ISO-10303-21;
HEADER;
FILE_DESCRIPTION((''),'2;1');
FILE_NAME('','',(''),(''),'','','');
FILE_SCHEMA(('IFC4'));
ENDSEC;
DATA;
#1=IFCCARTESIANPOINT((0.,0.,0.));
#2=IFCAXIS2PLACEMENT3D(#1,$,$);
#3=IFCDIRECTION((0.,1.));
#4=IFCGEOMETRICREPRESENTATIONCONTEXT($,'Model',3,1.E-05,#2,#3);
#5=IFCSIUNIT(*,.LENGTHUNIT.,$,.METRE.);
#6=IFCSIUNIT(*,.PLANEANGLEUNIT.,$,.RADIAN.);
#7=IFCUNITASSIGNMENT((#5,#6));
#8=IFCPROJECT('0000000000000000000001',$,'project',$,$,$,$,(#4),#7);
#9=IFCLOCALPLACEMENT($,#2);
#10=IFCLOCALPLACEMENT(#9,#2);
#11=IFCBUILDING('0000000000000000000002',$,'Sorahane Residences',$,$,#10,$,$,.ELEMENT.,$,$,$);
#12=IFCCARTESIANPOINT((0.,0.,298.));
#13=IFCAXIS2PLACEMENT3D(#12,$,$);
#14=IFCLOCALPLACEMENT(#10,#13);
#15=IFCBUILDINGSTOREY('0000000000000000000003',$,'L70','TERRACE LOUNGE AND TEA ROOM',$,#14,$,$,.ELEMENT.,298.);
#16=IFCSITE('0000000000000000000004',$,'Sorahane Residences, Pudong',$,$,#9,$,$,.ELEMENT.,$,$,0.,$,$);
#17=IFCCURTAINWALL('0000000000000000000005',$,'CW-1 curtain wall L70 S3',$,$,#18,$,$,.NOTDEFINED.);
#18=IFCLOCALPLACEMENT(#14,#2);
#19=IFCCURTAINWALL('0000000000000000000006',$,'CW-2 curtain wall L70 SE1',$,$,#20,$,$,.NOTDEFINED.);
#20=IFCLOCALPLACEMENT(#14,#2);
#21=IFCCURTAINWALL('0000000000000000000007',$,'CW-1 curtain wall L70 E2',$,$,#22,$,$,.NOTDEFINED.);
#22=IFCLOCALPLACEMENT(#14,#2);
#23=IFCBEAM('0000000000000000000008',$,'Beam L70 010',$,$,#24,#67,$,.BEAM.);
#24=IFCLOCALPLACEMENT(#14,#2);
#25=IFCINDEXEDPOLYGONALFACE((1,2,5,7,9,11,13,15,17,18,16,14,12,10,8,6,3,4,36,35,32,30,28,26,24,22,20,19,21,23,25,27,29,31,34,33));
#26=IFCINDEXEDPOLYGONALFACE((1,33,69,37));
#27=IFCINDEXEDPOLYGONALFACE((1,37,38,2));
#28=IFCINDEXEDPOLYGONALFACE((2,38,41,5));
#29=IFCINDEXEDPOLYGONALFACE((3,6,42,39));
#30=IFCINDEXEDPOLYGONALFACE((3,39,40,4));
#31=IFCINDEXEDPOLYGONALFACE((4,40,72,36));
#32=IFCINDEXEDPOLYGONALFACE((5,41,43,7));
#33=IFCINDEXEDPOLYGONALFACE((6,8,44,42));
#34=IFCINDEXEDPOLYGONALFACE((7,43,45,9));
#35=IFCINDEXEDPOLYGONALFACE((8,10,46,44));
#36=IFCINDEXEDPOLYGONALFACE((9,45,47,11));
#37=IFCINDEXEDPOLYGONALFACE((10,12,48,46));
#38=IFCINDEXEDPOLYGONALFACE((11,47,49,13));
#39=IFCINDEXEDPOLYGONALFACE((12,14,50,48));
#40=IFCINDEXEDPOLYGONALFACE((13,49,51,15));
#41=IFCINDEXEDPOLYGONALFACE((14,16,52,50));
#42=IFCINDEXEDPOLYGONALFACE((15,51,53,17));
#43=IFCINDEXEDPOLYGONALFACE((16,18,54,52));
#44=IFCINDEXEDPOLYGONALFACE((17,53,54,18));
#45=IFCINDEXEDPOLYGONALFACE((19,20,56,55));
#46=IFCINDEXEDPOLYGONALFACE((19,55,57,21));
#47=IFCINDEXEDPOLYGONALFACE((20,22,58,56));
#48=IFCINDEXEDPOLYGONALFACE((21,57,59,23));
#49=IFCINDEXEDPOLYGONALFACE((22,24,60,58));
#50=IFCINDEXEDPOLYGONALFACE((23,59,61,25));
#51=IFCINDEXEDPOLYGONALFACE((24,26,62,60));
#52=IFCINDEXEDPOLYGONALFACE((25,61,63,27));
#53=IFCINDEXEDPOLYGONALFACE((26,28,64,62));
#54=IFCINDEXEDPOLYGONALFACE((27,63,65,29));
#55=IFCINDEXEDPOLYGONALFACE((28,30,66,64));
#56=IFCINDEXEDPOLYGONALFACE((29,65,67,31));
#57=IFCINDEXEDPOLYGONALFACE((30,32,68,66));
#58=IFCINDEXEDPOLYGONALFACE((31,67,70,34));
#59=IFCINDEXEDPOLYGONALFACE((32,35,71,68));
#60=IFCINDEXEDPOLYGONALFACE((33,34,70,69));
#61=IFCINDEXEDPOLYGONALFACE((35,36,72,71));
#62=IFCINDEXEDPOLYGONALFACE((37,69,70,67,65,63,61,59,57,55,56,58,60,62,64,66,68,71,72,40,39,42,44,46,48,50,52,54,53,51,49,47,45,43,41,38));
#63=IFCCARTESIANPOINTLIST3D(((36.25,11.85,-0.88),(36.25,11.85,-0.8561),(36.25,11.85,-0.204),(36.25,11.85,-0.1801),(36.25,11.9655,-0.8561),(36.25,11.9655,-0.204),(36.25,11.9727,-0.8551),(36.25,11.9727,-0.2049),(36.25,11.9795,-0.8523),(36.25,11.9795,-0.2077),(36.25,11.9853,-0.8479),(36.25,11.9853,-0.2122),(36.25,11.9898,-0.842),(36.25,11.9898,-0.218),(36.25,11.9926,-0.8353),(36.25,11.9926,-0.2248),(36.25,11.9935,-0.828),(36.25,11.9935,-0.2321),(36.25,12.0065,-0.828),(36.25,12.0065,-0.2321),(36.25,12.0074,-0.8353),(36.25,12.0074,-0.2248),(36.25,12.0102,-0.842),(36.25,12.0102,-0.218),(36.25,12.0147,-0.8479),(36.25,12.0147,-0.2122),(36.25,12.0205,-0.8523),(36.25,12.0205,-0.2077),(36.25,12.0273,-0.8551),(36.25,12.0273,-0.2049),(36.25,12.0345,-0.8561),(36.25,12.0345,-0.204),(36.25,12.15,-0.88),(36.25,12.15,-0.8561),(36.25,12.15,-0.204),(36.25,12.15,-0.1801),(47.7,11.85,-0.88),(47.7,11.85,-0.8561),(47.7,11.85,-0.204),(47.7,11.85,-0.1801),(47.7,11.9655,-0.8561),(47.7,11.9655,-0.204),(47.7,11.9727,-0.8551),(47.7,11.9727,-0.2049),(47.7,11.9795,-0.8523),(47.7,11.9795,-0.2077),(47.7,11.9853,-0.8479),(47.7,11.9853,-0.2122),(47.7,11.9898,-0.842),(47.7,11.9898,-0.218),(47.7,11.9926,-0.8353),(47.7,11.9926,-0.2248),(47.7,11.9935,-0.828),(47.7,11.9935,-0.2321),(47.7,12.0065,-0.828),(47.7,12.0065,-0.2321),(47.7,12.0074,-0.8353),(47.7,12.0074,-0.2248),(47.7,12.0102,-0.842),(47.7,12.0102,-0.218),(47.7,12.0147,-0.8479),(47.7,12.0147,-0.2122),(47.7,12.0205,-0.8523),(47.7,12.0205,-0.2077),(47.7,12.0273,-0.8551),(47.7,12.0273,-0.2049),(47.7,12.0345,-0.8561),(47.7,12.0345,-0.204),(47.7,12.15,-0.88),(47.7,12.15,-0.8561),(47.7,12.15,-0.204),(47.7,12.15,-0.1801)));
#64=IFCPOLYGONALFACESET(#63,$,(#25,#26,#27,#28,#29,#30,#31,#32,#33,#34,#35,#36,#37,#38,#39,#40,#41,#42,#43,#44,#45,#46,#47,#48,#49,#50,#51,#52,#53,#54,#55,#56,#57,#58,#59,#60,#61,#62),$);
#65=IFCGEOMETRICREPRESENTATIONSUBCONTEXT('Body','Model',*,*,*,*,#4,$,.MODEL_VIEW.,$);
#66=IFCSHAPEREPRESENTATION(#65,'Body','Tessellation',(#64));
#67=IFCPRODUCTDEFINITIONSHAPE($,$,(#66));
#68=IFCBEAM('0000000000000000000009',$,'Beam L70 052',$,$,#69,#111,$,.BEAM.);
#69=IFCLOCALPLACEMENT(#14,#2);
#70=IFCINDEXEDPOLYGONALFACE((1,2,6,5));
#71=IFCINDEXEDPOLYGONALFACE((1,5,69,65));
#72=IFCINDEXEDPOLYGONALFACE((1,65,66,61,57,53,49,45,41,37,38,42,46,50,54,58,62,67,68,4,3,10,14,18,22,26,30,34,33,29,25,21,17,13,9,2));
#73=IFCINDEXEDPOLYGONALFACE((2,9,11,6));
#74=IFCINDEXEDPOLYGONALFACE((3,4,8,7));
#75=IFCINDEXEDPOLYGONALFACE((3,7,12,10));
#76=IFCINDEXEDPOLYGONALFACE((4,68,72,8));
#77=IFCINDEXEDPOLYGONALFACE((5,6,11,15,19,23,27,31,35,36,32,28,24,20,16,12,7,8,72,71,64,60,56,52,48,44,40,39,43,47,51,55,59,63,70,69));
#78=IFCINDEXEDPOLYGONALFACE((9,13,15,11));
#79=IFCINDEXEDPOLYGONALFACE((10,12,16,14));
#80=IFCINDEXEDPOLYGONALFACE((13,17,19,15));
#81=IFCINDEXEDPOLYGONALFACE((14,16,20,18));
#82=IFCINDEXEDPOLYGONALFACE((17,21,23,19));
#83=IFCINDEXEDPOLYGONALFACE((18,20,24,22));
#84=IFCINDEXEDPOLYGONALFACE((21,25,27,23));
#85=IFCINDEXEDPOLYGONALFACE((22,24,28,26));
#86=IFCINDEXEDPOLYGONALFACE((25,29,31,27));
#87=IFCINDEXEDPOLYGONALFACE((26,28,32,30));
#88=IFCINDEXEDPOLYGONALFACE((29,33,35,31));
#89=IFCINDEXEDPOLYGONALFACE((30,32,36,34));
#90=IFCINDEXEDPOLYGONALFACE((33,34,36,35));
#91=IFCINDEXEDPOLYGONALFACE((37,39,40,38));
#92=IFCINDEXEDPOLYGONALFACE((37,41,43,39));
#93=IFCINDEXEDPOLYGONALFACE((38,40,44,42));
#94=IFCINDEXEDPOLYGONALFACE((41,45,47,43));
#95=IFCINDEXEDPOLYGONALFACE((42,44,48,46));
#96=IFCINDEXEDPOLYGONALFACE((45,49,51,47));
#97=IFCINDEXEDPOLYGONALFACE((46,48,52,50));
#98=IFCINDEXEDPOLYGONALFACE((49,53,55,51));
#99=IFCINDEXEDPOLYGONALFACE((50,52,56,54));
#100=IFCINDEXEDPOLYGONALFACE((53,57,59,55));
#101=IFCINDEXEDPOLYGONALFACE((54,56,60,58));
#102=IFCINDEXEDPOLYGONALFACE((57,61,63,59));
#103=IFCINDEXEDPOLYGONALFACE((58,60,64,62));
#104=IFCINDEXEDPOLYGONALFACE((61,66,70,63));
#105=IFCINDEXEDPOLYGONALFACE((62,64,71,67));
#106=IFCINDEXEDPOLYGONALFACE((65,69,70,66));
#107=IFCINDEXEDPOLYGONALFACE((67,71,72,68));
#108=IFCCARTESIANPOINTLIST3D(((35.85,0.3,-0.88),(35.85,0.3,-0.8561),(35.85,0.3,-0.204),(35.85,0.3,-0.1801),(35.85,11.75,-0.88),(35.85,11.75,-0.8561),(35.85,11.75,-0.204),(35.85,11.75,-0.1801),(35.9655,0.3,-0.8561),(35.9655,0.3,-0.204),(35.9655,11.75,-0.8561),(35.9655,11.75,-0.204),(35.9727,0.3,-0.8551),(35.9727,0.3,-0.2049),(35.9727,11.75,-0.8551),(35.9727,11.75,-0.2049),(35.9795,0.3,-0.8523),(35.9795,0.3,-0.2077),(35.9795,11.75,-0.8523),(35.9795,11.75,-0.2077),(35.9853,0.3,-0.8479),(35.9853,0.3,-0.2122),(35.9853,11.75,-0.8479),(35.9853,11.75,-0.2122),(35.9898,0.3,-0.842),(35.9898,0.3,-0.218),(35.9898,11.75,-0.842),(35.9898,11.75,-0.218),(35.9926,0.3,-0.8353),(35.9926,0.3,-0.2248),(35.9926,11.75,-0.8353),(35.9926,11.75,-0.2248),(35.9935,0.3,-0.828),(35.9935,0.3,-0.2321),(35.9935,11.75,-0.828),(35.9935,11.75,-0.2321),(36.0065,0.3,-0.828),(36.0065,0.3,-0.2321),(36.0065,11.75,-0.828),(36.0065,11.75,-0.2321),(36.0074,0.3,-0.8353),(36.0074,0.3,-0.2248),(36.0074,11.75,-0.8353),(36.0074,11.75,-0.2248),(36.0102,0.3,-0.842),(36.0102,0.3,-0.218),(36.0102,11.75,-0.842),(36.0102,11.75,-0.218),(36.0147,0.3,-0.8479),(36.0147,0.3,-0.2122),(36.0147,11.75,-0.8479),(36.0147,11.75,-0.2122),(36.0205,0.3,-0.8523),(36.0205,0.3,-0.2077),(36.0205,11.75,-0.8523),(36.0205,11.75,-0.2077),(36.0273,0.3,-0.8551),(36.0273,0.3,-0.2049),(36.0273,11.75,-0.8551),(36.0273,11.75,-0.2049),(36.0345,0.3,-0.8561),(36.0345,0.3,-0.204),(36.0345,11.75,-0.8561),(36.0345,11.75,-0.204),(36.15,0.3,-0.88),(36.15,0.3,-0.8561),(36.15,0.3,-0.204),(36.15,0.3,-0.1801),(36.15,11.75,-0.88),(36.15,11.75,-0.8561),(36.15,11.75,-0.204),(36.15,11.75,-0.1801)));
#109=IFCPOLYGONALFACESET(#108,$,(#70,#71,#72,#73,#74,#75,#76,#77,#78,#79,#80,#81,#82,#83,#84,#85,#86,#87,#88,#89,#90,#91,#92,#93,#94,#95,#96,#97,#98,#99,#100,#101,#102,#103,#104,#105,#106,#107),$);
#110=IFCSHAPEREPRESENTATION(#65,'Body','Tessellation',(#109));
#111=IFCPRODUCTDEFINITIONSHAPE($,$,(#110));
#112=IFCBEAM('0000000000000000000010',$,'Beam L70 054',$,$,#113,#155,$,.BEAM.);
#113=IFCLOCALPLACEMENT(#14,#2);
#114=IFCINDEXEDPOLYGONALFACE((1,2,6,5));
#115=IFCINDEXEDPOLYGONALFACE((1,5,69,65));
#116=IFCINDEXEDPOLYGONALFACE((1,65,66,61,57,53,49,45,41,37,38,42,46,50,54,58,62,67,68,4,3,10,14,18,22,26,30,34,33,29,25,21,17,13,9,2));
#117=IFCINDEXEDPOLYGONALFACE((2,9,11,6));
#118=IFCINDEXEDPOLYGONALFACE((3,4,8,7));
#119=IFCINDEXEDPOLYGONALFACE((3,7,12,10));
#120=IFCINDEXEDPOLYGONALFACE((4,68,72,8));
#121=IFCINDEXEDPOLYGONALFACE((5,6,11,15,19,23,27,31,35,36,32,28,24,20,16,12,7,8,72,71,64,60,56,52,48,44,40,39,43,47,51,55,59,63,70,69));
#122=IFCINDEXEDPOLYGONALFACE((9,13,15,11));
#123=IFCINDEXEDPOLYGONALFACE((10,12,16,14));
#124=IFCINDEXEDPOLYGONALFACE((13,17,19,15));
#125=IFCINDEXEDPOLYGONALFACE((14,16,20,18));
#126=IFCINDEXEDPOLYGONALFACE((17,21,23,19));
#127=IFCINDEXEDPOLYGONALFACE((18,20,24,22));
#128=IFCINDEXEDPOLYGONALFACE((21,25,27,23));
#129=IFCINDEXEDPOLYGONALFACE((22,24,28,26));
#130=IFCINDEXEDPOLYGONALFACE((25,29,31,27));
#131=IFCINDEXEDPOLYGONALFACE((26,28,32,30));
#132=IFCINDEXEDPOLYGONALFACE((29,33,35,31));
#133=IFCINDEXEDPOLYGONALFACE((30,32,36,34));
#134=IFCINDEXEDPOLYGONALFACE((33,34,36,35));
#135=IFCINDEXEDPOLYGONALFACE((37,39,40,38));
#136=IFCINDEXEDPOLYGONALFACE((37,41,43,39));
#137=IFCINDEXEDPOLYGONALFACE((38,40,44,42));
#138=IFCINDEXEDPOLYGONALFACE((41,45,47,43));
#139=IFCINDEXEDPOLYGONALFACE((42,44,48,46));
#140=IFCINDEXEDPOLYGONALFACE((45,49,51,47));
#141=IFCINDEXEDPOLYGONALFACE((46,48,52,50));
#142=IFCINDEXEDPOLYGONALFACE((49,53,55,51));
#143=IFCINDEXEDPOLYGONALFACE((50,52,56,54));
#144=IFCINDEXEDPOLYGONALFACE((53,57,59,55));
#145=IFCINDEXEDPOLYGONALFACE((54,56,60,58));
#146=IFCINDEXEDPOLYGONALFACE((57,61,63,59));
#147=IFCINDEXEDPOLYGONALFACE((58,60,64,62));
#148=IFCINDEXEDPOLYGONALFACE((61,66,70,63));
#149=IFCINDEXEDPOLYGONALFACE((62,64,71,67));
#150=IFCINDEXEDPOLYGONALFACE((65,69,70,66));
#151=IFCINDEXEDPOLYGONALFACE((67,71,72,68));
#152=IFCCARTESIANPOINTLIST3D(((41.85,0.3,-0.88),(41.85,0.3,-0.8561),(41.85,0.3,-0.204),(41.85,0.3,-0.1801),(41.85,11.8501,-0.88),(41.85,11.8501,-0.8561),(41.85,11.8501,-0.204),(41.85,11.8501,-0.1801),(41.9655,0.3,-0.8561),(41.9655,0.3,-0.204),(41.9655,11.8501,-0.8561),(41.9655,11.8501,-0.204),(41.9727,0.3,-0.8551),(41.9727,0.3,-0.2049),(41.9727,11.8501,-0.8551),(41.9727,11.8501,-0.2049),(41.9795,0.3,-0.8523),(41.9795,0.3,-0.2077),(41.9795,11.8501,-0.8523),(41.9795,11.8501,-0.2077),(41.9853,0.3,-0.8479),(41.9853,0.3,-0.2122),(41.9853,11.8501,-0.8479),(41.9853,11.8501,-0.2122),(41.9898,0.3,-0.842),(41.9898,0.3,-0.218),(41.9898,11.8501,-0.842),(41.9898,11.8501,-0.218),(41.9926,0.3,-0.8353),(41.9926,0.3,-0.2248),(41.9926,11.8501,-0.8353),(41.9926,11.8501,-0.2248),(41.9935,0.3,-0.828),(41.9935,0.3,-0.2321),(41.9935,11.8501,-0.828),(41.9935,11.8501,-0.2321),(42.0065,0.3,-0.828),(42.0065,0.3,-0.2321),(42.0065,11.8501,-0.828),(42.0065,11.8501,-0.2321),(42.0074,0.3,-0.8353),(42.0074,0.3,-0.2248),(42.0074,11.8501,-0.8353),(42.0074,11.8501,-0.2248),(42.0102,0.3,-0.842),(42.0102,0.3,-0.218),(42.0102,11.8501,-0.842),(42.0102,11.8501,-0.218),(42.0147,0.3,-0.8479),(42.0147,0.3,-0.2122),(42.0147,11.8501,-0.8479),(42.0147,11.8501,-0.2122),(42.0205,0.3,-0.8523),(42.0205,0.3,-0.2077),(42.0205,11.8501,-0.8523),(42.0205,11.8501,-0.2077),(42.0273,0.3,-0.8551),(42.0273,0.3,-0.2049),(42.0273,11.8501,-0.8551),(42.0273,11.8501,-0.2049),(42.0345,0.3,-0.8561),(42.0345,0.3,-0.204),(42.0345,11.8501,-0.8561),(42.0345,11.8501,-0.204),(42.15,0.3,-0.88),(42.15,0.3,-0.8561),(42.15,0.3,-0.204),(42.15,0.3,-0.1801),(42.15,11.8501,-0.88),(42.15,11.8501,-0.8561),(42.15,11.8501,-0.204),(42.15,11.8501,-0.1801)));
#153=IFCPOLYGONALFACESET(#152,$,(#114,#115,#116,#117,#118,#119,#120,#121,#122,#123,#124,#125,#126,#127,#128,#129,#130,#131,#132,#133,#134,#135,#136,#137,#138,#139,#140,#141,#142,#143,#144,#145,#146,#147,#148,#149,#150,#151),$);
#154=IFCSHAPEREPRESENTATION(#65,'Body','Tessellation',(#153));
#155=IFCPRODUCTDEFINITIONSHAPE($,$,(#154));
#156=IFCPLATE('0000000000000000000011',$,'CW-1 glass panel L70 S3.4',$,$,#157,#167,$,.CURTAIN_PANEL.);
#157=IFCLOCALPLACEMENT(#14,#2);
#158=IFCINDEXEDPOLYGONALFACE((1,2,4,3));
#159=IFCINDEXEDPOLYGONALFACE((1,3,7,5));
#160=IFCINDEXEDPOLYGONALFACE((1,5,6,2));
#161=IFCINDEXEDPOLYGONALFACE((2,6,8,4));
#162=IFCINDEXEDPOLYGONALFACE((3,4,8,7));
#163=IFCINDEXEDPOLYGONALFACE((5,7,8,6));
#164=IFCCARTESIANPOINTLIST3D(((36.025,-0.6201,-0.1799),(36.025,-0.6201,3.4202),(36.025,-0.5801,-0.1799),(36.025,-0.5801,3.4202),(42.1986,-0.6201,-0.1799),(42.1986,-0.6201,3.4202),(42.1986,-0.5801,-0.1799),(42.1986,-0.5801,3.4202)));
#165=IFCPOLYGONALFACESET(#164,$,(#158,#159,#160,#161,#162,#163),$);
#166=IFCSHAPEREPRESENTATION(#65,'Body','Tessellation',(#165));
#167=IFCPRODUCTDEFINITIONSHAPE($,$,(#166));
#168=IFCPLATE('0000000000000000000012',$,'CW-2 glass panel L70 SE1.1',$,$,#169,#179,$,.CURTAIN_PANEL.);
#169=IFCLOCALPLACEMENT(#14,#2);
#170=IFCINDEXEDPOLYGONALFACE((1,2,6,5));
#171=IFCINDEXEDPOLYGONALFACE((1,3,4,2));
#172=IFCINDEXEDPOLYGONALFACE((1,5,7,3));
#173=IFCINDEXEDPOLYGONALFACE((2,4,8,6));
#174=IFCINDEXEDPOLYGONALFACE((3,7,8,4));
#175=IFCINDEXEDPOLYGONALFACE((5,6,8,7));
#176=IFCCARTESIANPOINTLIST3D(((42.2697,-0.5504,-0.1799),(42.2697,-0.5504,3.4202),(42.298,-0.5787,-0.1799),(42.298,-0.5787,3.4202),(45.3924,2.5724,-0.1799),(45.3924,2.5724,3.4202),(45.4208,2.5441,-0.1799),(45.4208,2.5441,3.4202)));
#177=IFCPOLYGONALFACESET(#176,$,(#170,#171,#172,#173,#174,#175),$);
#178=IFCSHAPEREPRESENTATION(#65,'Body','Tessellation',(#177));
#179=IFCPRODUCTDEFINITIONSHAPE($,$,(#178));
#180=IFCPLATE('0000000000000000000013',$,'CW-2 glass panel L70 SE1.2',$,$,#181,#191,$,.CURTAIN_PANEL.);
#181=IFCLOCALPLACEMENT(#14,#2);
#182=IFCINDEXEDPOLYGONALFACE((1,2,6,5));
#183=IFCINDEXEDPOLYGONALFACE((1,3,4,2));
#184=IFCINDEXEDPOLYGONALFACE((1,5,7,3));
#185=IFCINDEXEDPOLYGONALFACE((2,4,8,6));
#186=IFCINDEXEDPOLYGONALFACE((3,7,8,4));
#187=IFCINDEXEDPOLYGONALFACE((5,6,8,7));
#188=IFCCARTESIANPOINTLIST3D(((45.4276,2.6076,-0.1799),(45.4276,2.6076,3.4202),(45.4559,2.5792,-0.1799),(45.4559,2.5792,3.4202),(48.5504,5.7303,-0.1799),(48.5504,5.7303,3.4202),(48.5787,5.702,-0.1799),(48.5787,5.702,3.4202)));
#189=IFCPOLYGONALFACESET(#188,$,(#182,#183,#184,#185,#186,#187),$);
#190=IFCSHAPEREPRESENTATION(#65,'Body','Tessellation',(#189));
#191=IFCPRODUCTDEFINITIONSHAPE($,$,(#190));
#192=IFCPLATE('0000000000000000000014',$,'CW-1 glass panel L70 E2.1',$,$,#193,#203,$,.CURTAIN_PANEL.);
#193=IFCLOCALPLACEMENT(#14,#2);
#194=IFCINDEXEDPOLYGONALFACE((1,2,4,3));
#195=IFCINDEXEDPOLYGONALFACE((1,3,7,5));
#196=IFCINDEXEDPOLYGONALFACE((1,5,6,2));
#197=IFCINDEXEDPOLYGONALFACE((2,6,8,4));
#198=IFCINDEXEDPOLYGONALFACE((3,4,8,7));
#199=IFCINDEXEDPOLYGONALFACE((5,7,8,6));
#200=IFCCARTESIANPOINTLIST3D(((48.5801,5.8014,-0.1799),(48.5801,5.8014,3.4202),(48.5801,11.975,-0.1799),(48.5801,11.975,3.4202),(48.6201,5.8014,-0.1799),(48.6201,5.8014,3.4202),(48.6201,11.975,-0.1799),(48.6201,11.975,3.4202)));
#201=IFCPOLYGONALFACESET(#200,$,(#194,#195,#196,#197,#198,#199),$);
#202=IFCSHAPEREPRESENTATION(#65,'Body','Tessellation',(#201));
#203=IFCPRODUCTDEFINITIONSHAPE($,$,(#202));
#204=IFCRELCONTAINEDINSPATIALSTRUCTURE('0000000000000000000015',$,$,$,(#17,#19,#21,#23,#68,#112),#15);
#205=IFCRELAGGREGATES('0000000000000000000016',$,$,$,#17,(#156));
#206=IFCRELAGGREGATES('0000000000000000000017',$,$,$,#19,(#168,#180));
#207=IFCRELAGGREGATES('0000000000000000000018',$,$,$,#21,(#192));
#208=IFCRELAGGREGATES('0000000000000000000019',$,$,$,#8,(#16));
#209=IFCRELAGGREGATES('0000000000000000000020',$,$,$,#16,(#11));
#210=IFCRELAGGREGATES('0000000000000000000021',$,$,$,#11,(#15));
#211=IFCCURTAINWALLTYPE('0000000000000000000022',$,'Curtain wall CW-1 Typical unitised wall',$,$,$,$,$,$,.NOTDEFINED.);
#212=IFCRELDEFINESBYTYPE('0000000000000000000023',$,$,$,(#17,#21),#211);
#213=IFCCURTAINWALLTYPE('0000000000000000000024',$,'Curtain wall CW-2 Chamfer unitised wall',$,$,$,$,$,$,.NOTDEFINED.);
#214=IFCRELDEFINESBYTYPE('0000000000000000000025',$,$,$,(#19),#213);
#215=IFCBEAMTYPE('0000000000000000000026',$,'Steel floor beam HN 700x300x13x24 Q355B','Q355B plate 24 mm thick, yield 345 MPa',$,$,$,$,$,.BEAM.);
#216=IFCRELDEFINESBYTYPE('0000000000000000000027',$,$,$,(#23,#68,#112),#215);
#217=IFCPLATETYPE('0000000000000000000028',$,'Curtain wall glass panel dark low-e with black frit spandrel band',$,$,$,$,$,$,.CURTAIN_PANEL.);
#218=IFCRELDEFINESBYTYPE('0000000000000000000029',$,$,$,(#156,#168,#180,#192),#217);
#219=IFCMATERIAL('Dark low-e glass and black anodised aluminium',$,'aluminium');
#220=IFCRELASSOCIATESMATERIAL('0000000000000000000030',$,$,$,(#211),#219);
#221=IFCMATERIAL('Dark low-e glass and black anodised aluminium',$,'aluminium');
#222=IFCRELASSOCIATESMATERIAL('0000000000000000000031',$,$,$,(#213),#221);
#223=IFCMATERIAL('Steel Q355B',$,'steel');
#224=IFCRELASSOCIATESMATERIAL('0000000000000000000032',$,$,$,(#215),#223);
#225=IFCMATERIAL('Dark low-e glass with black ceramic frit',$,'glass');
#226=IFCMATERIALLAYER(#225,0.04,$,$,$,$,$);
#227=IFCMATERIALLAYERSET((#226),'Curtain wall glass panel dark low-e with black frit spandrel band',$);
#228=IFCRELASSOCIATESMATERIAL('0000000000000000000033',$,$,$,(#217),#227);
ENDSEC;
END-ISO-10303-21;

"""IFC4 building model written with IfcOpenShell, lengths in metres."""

from ifc_helpers import new_model, si_unit, direction, frame, origin, origin_2d, place, context, subcontext, project, spatial, rectangle, i_section, extrude, material, layer, layer_set, material_profile, profile_set, type_object, element, aggregate, save


model = new_model("IFC4")

# Units and contexts
model_context = context("Model", 3, precision=1e-05, world=origin(), true_north=direction((0.0, 1.0)))
body_context = subcontext(model_context, "Body", "Model", "MODEL_VIEW")
ifc_project = project(units=[si_unit("LENGTHUNIT", "METRE"), si_unit("PLANEANGLEUNIT", "RADIAN")], contexts=[model_context])

# Site, building, storey
site_placement = place(None, origin())
site = spatial("IfcSite", under=ifc_project, at=site_placement, Name="Sorahane Residences, Pudong", CompositionType="ELEMENT", RefElevation=0.0)
building_placement = place(site_placement, origin())
building = spatial("IfcBuilding", under=site, at=building_placement, Name="Sorahane Residences", CompositionType="ELEMENT")
storey_placement = place(building_placement, frame((0.0, 0.0, 298.0)))
storey = spatial("IfcBuildingStorey", under=building, at=storey_placement, Name="L70", Description="TERRACE LOUNGE AND TEA ROOM", CompositionType="ELEMENT", Elevation=298.0)

# Curtain wall
ifc_material_1 = material(Name="Dark low-e glass and black anodised aluminium", Category="aluminium")
curtain_wall_type_1 = type_object("IfcCurtainWallType", Name="Curtain wall CW-1 Typical unitised wall", PredefinedType="NOTDEFINED", material=ifc_material_1)
curtain_wall_1_placement = place(storey_placement, origin())
curtain_wall_1 = element("IfcCurtainWall", 1, at=curtain_wall_1_placement, inside=storey, type_object=curtain_wall_type_1, Name="CW-1 curtain wall L70 S3", PredefinedType="NOTDEFINED")

# Curtain wall
ifc_material_2 = material(Name="Dark low-e glass and black anodised aluminium", Category="aluminium")
curtain_wall_type_2 = type_object("IfcCurtainWallType", Name="Curtain wall CW-2 Chamfer unitised wall", PredefinedType="NOTDEFINED", material=ifc_material_2)
curtain_wall_2_placement = place(storey_placement, origin())
curtain_wall_2 = element("IfcCurtainWall", 2, at=curtain_wall_2_placement, inside=storey, type_object=curtain_wall_type_2, Name="CW-2 curtain wall L70 SE1", PredefinedType="NOTDEFINED")

# Curtain wall
curtain_wall_3_placement = place(storey_placement, origin())
curtain_wall_3 = element("IfcCurtainWall", 3, at=curtain_wall_3_placement, inside=storey, type_object=curtain_wall_type_1, Name="CW-1 curtain wall L70 E2", PredefinedType="NOTDEFINED")

# Beams
ifc_material_3 = material(Name="Steel Q355B", Category="steel")
ifc_material_profile_1 = material_profile(ifc_material_3, i_section(OverallWidth=0.3, OverallDepth=0.7, WebThickness=0.0129, FlangeThickness=0.0239, FilletRadius=0.0281, at=origin_2d()), Name="HN 700x300x13x24")
ifc_profile_set_1 = profile_set([ifc_material_profile_1], Name="Steel Q355B")
beam_type_1 = type_object("IfcBeamType", Name="Steel floor beam HN 700x300x13x24 Q355B", Description="Q355B plate 24 mm thick, yield 345 MPa", PredefinedType="BEAM", material=ifc_profile_set_1)
for number, where, z_axis, x_axis, name in (
    (4, (36.25, 12.0, -0.53), (1.0, 0.0, 0.0), (0.0, 1.0, 0.0), "Beam L70 010"),
    (5, (36.0, 0.3, -0.53), (0.0, 1.0, 0.0), (-1.0, 0.0, 0.0), "Beam L70 052"),
):
    element("IfcBeam", number, at=place(storey_placement, frame(where, z_axis=z_axis, x_axis=x_axis)), inside=storey, type_object=beam_type_1, Name=name, PredefinedType="BEAM", context=body_context, shape_type="SweptSolid", body=[
        extrude(i_section(OverallWidth=0.3, OverallDepth=0.7, WebThickness=0.0129, FlangeThickness=0.0239, FilletRadius=0.0281, at=origin_2d()), origin(), (0.0, 0.0, 1.0), 11.45),
    ])
beam_1_placement = place(storey_placement, frame((42.0, 0.3, -0.53), z_axis=(0.0, 1.0, 0.0), x_axis=(-1.0, 0.0, 0.0)))
element("IfcBeam", 6, at=beam_1_placement, inside=storey, type_object=beam_type_1, Name="Beam L70 054", PredefinedType="BEAM", context=body_context, shape_type="SweptSolid", body=[
    extrude(i_section(OverallWidth=0.3, OverallDepth=0.7, WebThickness=0.0129, FlangeThickness=0.0239, FilletRadius=0.0281, at=origin_2d()), origin(), (0.0, 0.0, 1.0), 11.55),
])

# Plates
ifc_material_4 = material(Name="Dark low-e glass with black ceramic frit", Category="glass")
ifc_layer = layer(ifc_material_4, 0.04)
ifc_layer_set = layer_set([ifc_layer], Name="Curtain wall glass panel dark low-e with black frit spandrel band")
plate_type = type_object("IfcPlateType", Name="Curtain wall glass panel dark low-e with black frit spandrel band", PredefinedType="CURTAIN_PANEL", material=ifc_layer_set)
plate_1_placement = place(storey_placement, frame((39.1118, -0.6001, -0.1799), z_axis=(0.0, 0.0, 1.0), x_axis=(1.0, 0.0, 0.0)))
plate_1 = element("IfcPlate", 7, at=plate_1_placement, type_object=plate_type, Name="CW-1 glass panel L70 S3.4", PredefinedType="CURTAIN_PANEL", context=body_context, shape_type="SweptSolid", body=[
    extrude(rectangle(XDim=6.1736, YDim=0.04, at=origin_2d()), origin(), (0.0, 0.0, 1.0), 3.6001),
])
aggregate(curtain_wall_1, [plate_1])
plate_2_placement = place(storey_placement, frame((43.8452, 0.9968, -0.1799), z_axis=(0.0, 0.0, 1.0), x_axis=(0.707107, 0.707107, 0.0)))
plate_2 = element("IfcPlate", 8, at=plate_2_placement, type_object=plate_type, Name="CW-2 glass panel L70 SE1.1", PredefinedType="CURTAIN_PANEL", context=body_context, shape_type="SweptSolid", body=[
    extrude(rectangle(XDim=4.4163, YDim=0.04, at=origin_2d()), origin(), (0.0, 0.0, 1.0), 3.6001),
])
plate_3_placement = place(storey_placement, frame((47.0032, 4.1548, -0.1799), z_axis=(0.0, 0.0, 1.0), x_axis=(0.707107, 0.707107, 0.0)))
plate_3 = element("IfcPlate", 9, at=plate_3_placement, type_object=plate_type, Name="CW-2 glass panel L70 SE1.2", PredefinedType="CURTAIN_PANEL", context=body_context, shape_type="SweptSolid", body=[
    extrude(rectangle(XDim=4.4163, YDim=0.04, at=origin_2d()), origin(), (0.0, 0.0, 1.0), 3.6001),
])
aggregate(curtain_wall_2, [plate_2, plate_3])
plate_4_placement = place(storey_placement, frame((48.6001, 8.8882, -0.1799), z_axis=(0.0, 0.0, 1.0), x_axis=(0.0, 1.0, 0.0)))
plate_4 = element("IfcPlate", 10, at=plate_4_placement, type_object=plate_type, Name="CW-1 glass panel L70 E2.1", PredefinedType="CURTAIN_PANEL", context=body_context, shape_type="SweptSolid", body=[
    extrude(rectangle(XDim=6.1736, YDim=0.04, at=origin_2d()), origin(), (0.0, 0.0, 1.0), 3.6001),
])
aggregate(curtain_wall_3, [plate_4])

save(model, "model.ifc")
